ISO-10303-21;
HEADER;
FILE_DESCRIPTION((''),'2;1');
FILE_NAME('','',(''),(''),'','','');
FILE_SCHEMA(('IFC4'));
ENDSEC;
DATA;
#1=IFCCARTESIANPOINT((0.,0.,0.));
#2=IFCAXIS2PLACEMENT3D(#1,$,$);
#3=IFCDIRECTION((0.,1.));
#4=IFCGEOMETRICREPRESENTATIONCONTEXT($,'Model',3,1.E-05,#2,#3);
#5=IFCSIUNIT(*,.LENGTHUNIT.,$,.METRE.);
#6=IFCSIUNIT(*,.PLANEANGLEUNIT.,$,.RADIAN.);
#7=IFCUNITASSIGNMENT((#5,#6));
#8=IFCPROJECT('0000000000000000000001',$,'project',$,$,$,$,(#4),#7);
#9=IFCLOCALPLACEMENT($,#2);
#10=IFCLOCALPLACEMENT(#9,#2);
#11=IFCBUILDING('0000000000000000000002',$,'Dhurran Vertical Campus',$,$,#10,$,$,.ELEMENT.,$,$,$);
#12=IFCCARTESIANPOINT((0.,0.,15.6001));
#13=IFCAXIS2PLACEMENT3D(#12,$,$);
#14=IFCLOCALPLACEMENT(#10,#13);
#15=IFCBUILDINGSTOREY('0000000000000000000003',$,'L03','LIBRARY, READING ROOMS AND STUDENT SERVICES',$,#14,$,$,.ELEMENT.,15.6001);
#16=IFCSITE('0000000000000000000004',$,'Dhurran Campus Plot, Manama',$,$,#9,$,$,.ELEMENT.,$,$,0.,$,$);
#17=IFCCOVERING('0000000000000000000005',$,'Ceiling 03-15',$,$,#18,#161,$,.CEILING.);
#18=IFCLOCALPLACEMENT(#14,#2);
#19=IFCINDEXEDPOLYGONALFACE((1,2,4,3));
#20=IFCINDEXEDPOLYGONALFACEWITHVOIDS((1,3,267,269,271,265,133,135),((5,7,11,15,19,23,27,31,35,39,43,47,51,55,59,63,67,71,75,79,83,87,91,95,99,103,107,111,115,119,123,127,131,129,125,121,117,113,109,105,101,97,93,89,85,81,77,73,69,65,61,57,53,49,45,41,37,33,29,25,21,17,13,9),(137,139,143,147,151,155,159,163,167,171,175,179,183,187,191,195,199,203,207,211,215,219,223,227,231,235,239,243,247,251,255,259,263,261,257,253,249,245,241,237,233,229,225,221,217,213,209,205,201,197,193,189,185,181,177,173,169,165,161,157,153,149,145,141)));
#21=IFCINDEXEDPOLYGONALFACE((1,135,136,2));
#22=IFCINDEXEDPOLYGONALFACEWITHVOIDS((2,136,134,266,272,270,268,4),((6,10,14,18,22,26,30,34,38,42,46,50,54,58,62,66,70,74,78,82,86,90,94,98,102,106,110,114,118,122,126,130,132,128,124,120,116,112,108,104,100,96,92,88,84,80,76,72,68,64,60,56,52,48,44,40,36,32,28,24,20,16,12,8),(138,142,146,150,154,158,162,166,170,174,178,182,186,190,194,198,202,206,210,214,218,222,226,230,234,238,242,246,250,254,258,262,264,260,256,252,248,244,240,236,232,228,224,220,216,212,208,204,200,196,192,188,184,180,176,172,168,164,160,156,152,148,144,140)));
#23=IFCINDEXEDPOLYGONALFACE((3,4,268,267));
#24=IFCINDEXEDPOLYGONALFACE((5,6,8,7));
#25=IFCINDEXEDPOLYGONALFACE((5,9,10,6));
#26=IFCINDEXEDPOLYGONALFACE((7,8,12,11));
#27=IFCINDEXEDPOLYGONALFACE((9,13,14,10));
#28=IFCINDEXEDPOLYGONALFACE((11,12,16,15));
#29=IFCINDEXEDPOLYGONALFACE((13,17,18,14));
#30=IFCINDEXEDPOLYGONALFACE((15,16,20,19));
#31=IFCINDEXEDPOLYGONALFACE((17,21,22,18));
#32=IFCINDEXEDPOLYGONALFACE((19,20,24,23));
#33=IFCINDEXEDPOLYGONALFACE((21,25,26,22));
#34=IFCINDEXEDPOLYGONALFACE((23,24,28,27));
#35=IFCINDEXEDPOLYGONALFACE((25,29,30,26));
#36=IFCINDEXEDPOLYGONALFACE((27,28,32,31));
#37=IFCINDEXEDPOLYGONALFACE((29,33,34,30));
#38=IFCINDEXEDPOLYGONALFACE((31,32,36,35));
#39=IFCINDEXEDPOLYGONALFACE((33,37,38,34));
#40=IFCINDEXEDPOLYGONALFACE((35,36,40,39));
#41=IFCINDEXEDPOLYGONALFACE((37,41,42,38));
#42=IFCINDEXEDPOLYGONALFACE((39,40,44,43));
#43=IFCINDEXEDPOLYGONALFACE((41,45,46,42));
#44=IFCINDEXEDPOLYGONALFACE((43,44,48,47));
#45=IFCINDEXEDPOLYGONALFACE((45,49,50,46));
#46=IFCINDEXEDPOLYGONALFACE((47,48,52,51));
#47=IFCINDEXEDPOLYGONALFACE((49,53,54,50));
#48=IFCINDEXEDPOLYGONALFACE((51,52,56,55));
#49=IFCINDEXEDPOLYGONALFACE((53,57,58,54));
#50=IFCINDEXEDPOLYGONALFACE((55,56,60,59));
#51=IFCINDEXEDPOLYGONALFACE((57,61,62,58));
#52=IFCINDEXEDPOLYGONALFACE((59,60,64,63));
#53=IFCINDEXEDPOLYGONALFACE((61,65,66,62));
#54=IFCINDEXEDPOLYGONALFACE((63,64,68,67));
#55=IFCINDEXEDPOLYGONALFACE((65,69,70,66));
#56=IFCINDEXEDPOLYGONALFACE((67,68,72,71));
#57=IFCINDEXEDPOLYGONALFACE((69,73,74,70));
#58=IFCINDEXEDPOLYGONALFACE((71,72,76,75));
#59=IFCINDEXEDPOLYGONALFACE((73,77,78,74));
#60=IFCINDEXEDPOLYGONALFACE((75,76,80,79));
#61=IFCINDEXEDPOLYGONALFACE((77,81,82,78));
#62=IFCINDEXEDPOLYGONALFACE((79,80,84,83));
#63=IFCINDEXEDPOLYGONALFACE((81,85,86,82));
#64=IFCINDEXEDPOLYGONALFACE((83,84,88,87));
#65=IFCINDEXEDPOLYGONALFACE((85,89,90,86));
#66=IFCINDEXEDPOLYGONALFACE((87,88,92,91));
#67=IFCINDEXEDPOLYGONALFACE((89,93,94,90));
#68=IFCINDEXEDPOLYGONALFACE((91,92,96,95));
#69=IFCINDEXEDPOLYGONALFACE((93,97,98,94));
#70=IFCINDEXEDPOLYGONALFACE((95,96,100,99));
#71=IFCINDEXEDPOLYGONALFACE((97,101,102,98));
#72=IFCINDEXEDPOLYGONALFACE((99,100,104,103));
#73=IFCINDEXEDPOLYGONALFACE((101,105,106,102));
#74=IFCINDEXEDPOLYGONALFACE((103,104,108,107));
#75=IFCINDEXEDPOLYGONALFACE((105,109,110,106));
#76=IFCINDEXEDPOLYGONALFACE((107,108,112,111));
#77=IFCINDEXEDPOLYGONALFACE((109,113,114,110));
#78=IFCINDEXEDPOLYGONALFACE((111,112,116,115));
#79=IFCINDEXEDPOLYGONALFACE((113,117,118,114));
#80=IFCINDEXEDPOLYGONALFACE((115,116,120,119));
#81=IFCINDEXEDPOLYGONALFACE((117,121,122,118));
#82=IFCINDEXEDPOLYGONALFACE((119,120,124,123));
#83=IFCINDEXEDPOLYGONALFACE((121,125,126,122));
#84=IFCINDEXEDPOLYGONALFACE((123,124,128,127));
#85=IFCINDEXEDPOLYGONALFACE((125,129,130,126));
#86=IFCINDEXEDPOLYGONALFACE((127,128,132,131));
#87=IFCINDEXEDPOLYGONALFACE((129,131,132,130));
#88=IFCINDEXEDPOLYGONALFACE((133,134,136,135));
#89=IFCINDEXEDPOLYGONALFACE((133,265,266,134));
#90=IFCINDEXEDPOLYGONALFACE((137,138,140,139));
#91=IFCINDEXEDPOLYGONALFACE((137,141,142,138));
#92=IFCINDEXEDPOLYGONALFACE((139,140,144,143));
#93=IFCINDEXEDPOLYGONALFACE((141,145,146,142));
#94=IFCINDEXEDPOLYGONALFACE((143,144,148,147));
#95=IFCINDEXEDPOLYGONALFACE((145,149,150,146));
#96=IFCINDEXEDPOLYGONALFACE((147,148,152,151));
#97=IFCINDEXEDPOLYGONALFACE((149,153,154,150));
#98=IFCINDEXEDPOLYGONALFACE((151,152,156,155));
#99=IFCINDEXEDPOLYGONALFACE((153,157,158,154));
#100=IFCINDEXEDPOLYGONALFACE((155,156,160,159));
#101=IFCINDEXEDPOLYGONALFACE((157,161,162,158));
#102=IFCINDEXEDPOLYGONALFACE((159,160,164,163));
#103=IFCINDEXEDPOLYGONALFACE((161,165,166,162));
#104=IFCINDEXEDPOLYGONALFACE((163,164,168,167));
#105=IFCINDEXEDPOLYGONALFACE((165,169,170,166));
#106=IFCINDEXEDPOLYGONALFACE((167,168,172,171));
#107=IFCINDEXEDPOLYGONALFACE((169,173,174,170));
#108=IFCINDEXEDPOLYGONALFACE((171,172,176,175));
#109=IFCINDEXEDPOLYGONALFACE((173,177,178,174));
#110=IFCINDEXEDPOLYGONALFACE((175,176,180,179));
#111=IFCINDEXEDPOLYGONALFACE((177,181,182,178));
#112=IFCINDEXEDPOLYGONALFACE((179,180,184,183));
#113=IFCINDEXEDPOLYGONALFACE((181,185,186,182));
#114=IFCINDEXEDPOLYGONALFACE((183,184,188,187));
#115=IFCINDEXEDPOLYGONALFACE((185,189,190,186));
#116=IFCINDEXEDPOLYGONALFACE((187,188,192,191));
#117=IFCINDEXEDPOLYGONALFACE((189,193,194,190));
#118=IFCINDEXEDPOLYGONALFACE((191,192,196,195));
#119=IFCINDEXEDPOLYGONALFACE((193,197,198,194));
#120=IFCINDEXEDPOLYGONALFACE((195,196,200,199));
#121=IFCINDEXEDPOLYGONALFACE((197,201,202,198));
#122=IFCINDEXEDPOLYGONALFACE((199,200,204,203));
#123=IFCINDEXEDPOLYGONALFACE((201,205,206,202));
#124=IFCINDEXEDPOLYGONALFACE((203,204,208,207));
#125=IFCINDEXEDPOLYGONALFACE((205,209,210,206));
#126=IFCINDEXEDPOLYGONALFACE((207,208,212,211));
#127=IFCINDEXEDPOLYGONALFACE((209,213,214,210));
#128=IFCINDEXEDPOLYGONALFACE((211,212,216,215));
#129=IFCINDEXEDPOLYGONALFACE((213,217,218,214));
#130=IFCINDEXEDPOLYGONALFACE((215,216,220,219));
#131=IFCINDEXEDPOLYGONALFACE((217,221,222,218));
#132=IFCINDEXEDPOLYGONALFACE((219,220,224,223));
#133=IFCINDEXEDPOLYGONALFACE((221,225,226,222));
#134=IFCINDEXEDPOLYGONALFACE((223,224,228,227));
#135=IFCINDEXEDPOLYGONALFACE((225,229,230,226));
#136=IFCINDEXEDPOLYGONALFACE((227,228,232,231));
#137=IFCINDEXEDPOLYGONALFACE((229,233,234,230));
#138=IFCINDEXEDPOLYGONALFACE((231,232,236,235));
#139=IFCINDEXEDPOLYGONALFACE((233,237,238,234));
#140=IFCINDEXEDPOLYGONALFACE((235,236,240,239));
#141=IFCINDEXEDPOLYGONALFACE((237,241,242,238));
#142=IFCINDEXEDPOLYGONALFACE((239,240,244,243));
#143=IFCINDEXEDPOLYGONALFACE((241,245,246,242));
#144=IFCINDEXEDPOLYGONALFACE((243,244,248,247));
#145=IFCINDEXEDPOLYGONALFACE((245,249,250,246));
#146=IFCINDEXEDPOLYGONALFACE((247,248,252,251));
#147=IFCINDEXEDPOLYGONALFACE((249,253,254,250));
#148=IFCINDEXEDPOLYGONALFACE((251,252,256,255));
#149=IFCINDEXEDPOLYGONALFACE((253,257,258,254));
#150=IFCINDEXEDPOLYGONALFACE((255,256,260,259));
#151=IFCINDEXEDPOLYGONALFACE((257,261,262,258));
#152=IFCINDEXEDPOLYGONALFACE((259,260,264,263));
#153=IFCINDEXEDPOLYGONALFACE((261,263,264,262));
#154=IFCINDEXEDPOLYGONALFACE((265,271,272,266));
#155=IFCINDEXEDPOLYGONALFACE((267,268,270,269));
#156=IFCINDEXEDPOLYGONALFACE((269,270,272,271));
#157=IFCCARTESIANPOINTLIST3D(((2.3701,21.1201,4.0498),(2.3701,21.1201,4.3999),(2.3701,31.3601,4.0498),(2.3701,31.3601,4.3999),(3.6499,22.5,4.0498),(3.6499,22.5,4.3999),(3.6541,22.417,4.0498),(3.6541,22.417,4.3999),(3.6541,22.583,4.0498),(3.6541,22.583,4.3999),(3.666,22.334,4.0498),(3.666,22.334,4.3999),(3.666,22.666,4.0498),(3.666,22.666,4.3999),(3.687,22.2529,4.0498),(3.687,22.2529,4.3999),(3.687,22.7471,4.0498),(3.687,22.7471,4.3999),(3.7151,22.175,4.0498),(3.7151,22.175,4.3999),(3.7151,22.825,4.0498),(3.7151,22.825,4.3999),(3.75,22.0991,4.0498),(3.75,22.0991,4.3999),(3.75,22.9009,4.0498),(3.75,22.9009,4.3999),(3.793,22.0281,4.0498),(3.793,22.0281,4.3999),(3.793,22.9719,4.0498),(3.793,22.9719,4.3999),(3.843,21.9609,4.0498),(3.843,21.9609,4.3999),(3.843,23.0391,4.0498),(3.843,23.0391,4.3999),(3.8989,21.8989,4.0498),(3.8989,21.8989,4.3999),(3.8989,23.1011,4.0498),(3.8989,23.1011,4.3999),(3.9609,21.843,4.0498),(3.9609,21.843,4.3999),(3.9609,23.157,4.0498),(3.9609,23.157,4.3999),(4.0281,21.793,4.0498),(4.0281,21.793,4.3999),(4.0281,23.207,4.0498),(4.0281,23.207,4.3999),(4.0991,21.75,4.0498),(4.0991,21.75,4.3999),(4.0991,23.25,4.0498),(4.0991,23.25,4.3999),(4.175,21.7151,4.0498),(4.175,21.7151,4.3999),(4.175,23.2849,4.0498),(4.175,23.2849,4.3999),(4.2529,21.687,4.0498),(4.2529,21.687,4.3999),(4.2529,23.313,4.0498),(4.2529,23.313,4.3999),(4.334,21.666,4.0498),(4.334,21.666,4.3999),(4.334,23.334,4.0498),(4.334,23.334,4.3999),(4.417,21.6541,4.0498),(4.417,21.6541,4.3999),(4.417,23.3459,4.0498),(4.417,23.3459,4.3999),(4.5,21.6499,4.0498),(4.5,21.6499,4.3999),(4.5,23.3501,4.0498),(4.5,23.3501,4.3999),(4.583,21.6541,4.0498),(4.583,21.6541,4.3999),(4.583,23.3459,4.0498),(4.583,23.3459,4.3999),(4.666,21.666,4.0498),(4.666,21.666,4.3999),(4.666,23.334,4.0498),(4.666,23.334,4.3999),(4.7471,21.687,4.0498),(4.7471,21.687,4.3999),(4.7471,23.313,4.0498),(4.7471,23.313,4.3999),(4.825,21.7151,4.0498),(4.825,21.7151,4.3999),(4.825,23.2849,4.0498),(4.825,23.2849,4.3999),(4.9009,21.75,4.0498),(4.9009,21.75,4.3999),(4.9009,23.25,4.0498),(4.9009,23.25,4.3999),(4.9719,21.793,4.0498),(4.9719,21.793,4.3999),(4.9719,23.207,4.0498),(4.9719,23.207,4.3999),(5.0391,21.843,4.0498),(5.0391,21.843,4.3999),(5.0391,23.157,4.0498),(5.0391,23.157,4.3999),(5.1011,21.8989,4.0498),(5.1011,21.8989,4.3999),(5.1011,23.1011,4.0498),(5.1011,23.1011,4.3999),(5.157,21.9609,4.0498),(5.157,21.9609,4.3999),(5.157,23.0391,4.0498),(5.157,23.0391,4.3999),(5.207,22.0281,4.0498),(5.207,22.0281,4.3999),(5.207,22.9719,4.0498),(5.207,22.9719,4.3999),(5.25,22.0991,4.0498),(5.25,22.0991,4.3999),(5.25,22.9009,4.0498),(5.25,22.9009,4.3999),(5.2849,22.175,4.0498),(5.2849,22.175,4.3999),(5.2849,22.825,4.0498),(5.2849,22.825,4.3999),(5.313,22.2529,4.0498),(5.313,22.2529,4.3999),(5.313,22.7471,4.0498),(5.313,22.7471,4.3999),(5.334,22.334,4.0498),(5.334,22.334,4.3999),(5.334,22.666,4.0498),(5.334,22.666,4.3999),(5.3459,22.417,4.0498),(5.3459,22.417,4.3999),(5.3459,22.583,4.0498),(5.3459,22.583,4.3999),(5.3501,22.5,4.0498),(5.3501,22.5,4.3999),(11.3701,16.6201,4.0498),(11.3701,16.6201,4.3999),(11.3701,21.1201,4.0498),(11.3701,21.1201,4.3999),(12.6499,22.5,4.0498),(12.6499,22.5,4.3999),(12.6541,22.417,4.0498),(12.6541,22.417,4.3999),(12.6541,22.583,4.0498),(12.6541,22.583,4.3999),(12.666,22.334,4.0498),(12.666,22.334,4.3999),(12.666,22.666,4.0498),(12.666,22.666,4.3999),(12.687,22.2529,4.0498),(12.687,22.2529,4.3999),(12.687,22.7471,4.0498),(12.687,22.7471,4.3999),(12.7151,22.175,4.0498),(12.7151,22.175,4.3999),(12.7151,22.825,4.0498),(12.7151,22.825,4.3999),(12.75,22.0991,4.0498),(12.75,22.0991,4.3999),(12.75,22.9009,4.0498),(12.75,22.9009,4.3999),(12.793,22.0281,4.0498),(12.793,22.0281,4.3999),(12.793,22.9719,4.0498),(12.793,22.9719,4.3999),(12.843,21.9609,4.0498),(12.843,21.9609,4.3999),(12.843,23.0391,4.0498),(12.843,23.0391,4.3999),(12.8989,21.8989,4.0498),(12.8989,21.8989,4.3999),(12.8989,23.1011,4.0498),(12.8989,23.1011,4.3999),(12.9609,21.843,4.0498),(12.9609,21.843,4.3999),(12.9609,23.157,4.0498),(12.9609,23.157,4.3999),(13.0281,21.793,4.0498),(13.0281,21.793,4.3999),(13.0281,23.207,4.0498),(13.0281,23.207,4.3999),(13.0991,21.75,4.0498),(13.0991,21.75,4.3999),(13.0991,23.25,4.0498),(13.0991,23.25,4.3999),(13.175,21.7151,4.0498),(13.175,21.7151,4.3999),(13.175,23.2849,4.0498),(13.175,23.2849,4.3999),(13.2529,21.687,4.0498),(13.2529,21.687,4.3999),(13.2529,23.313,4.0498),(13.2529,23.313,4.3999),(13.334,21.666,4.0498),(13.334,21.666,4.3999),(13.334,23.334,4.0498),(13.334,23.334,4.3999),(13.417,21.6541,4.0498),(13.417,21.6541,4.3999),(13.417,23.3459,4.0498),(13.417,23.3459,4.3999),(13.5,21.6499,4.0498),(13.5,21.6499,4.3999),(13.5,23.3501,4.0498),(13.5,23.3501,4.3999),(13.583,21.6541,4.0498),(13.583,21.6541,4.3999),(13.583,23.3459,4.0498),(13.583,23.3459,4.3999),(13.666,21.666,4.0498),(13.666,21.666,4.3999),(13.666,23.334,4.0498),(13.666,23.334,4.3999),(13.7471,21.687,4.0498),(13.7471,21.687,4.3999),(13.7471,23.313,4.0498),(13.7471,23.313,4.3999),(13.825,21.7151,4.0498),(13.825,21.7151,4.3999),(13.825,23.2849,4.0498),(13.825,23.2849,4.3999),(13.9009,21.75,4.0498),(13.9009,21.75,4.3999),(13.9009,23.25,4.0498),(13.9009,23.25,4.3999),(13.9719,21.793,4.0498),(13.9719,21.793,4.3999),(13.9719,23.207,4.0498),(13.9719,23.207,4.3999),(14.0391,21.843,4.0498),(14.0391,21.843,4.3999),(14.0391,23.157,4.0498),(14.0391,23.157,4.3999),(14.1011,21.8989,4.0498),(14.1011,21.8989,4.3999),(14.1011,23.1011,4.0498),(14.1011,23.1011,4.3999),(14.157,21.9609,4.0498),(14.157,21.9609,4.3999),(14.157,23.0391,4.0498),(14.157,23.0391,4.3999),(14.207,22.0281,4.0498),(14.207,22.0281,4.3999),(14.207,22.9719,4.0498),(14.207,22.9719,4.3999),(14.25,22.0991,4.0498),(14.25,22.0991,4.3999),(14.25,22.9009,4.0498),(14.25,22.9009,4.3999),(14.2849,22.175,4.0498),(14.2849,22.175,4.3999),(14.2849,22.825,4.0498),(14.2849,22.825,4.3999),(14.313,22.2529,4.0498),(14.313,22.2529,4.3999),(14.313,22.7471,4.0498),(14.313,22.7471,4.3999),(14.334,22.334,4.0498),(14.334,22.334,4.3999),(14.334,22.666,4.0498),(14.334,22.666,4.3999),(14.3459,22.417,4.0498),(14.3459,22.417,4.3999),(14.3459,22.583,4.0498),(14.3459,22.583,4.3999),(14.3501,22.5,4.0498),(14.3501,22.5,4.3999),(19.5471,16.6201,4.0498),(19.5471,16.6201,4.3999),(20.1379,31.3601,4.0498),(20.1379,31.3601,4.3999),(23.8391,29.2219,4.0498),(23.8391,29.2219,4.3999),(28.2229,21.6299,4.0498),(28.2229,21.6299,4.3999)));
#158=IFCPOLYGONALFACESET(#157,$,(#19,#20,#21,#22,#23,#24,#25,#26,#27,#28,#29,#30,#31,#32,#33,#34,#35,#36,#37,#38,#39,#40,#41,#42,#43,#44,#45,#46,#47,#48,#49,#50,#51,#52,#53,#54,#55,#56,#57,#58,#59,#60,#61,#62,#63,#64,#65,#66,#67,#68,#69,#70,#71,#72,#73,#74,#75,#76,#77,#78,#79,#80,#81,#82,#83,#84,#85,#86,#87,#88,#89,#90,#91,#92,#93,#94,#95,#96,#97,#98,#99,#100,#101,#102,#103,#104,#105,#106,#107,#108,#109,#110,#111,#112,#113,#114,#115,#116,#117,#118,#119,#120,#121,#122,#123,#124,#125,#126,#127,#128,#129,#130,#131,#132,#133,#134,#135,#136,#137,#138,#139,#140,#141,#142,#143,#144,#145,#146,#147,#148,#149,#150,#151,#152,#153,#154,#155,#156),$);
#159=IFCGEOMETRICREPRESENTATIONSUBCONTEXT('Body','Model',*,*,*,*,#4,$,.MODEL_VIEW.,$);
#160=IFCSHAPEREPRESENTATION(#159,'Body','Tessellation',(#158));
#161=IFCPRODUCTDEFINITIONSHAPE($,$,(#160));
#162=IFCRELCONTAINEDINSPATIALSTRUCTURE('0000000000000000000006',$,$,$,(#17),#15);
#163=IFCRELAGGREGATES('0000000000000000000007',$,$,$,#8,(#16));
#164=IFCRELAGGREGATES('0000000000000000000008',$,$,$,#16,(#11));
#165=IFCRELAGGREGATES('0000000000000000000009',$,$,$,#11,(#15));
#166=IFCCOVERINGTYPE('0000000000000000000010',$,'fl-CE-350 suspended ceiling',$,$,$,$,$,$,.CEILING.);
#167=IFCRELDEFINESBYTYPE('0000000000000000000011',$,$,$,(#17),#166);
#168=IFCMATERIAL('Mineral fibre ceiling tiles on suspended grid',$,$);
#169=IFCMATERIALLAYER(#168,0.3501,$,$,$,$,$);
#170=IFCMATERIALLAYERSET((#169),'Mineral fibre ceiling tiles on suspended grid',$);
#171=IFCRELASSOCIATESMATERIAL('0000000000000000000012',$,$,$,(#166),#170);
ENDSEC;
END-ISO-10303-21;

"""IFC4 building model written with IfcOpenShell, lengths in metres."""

from ifc_helpers import new_model, si_unit, direction, frame, origin, place, context, subcontext, project, spatial, polyline, outline, extrude, material, layer, layer_set, type_object, element, save


model = new_model("IFC4")

# Units and contexts
model_context = context("Model", 3, precision=1e-05, world=origin(), true_north=direction((0.0, 1.0)))
body_context = subcontext(model_context, "Body", "Model", "MODEL_VIEW")
ifc_project = project(units=[si_unit("LENGTHUNIT", "METRE"), si_unit("PLANEANGLEUNIT", "RADIAN")], contexts=[model_context])

# Site, building, storey
site_placement = place(None, origin())
site = spatial("IfcSite", under=ifc_project, at=site_placement, Name="Dhurran Campus Plot, Manama", CompositionType="ELEMENT", RefElevation=0.0)
building_placement = place(site_placement, origin())
building = spatial("IfcBuilding", under=site, at=building_placement, Name="Dhurran Vertical Campus", CompositionType="ELEMENT")
storey_placement = place(building_placement, frame((0.0, 0.0, 15.6001)))
storey = spatial("IfcBuildingStorey", under=building, at=storey_placement, Name="L03", Description="LIBRARY, READING ROOMS AND STUDENT SERVICES", CompositionType="ELEMENT", Elevation=15.6001)

# Covering
ifc_material_1 = material(Name="Mineral fibre ceiling tiles on suspended grid")
ifc_layer_1 = layer(ifc_material_1, 0.3501)
ifc_layer_set_1 = layer_set([ifc_layer_1], Name="Mineral fibre ceiling tiles on suspended grid")
covering_type = type_object("IfcCoveringType", Name="fl-CE-350 suspended ceiling", PredefinedType="CEILING", material=ifc_layer_set_1)
covering_1_placement = place(storey_placement, frame((0.0, 0.0, 4.0498)))
element("IfcCovering", 1, at=covering_1_placement, inside=storey, type_object=covering_type, Name="Ceiling 03-15", PredefinedType="CEILING", context=body_context, shape_type="SweptSolid", body=[
    extrude(outline(polyline([(20.1379, 31.3601), (23.8391, 29.2219), (28.2229, 21.6299), (19.5471, 16.6201), (11.3701, 16.6201), (11.3701, 21.1201), (2.3701, 21.1201), (2.3701, 31.3601), (20.1379, 31.3601)]), holes=[polyline([(5.157, 23.0391), (5.1011, 23.1011), (5.0391, 23.157), (4.9719, 23.207), (4.9009, 23.25), (4.825, 23.2849), (4.7471, 23.313), (4.666, 23.334), (4.583, 23.3459), (4.5, 23.3501), (4.417, 23.3459), (4.334, 23.334), (4.2529, 23.313), (4.175, 23.2849), (4.0991, 23.25), (4.0281, 23.207), (3.9609, 23.157), (3.8989, 23.1011), (3.843, 23.0391), (3.793, 22.9719), (3.75, 22.9009), (3.7151, 22.825), (3.687, 22.7471), (3.666, 22.666), (3.6541, 22.583), (3.6499, 22.5), (3.6541, 22.417), (3.666, 22.334), (3.687, 22.2529), (3.7151, 22.175), (3.75, 22.0991), (3.793, 22.0281), (3.843, 21.9609), (3.8989, 21.8989), (3.9609, 21.843), (4.0281, 21.793), (4.0991, 21.75), (4.175, 21.7151), (4.2529, 21.687), (4.334, 21.666), (4.417, 21.6541), (4.5, 21.6499), (4.583, 21.6541), (4.666, 21.666), (4.7471, 21.687), (4.825, 21.7151), (4.9009, 21.75), (4.9719, 21.793), (5.0391, 21.843), (5.1011, 21.8989), (5.157, 21.9609), (5.207, 22.0281), (5.25, 22.0991), (5.2849, 22.175), (5.313, 22.2529), (5.334, 22.334), (5.3459, 22.417), (5.3501, 22.5), (5.3459, 22.583), (5.334, 22.666), (5.313, 22.7471), (5.2849, 22.825), (5.25, 22.9009), (5.207, 22.9719), (5.157, 23.0391)]), polyline([(14.25, 22.9009), (14.207, 22.9719), (14.157, 23.0391), (14.1011, 23.1011), (14.0391, 23.157), (13.9719, 23.207), (13.9009, 23.25), (13.825, 23.2849), (13.7471, 23.313), (13.666, 23.334), (13.583, 23.3459), (13.5, 23.3501), (13.417, 23.3459), (13.334, 23.334), (13.2529, 23.313), (13.175, 23.2849), (13.0991, 23.25), (13.0281, 23.207), (12.9609, 23.157), (12.8989, 23.1011), (12.843, 23.0391), (12.793, 22.9719), (12.75, 22.9009), (12.7151, 22.825), (12.687, 22.7471), (12.666, 22.666), (12.6541, 22.583), (12.6499, 22.5), (12.6541, 22.417), (12.666, 22.334), (12.687, 22.2529), (12.7151, 22.175), (12.75, 22.0991), (12.793, 22.0281), (12.843, 21.9609), (12.8989, 21.8989), (12.9609, 21.843), (13.0281, 21.793), (13.0991, 21.75), (13.175, 21.7151), (13.2529, 21.687), (13.334, 21.666), (13.417, 21.6541), (13.5, 21.6499), (13.583, 21.6541), (13.666, 21.666), (13.7471, 21.687), (13.825, 21.7151), (13.9009, 21.75), (13.9719, 21.793), (14.0391, 21.843), (14.1011, 21.8989), (14.157, 21.9609), (14.207, 22.0281), (14.25, 22.0991), (14.2849, 22.175), (14.313, 22.2529), (14.334, 22.334), (14.3459, 22.417), (14.3501, 22.5), (14.3459, 22.583), (14.334, 22.666), (14.313, 22.7471), (14.2849, 22.825), (14.25, 22.9009)])]), origin(), (0.0, 0.0, 1.0), 0.3501),
])

save(model, "model.ifc")
